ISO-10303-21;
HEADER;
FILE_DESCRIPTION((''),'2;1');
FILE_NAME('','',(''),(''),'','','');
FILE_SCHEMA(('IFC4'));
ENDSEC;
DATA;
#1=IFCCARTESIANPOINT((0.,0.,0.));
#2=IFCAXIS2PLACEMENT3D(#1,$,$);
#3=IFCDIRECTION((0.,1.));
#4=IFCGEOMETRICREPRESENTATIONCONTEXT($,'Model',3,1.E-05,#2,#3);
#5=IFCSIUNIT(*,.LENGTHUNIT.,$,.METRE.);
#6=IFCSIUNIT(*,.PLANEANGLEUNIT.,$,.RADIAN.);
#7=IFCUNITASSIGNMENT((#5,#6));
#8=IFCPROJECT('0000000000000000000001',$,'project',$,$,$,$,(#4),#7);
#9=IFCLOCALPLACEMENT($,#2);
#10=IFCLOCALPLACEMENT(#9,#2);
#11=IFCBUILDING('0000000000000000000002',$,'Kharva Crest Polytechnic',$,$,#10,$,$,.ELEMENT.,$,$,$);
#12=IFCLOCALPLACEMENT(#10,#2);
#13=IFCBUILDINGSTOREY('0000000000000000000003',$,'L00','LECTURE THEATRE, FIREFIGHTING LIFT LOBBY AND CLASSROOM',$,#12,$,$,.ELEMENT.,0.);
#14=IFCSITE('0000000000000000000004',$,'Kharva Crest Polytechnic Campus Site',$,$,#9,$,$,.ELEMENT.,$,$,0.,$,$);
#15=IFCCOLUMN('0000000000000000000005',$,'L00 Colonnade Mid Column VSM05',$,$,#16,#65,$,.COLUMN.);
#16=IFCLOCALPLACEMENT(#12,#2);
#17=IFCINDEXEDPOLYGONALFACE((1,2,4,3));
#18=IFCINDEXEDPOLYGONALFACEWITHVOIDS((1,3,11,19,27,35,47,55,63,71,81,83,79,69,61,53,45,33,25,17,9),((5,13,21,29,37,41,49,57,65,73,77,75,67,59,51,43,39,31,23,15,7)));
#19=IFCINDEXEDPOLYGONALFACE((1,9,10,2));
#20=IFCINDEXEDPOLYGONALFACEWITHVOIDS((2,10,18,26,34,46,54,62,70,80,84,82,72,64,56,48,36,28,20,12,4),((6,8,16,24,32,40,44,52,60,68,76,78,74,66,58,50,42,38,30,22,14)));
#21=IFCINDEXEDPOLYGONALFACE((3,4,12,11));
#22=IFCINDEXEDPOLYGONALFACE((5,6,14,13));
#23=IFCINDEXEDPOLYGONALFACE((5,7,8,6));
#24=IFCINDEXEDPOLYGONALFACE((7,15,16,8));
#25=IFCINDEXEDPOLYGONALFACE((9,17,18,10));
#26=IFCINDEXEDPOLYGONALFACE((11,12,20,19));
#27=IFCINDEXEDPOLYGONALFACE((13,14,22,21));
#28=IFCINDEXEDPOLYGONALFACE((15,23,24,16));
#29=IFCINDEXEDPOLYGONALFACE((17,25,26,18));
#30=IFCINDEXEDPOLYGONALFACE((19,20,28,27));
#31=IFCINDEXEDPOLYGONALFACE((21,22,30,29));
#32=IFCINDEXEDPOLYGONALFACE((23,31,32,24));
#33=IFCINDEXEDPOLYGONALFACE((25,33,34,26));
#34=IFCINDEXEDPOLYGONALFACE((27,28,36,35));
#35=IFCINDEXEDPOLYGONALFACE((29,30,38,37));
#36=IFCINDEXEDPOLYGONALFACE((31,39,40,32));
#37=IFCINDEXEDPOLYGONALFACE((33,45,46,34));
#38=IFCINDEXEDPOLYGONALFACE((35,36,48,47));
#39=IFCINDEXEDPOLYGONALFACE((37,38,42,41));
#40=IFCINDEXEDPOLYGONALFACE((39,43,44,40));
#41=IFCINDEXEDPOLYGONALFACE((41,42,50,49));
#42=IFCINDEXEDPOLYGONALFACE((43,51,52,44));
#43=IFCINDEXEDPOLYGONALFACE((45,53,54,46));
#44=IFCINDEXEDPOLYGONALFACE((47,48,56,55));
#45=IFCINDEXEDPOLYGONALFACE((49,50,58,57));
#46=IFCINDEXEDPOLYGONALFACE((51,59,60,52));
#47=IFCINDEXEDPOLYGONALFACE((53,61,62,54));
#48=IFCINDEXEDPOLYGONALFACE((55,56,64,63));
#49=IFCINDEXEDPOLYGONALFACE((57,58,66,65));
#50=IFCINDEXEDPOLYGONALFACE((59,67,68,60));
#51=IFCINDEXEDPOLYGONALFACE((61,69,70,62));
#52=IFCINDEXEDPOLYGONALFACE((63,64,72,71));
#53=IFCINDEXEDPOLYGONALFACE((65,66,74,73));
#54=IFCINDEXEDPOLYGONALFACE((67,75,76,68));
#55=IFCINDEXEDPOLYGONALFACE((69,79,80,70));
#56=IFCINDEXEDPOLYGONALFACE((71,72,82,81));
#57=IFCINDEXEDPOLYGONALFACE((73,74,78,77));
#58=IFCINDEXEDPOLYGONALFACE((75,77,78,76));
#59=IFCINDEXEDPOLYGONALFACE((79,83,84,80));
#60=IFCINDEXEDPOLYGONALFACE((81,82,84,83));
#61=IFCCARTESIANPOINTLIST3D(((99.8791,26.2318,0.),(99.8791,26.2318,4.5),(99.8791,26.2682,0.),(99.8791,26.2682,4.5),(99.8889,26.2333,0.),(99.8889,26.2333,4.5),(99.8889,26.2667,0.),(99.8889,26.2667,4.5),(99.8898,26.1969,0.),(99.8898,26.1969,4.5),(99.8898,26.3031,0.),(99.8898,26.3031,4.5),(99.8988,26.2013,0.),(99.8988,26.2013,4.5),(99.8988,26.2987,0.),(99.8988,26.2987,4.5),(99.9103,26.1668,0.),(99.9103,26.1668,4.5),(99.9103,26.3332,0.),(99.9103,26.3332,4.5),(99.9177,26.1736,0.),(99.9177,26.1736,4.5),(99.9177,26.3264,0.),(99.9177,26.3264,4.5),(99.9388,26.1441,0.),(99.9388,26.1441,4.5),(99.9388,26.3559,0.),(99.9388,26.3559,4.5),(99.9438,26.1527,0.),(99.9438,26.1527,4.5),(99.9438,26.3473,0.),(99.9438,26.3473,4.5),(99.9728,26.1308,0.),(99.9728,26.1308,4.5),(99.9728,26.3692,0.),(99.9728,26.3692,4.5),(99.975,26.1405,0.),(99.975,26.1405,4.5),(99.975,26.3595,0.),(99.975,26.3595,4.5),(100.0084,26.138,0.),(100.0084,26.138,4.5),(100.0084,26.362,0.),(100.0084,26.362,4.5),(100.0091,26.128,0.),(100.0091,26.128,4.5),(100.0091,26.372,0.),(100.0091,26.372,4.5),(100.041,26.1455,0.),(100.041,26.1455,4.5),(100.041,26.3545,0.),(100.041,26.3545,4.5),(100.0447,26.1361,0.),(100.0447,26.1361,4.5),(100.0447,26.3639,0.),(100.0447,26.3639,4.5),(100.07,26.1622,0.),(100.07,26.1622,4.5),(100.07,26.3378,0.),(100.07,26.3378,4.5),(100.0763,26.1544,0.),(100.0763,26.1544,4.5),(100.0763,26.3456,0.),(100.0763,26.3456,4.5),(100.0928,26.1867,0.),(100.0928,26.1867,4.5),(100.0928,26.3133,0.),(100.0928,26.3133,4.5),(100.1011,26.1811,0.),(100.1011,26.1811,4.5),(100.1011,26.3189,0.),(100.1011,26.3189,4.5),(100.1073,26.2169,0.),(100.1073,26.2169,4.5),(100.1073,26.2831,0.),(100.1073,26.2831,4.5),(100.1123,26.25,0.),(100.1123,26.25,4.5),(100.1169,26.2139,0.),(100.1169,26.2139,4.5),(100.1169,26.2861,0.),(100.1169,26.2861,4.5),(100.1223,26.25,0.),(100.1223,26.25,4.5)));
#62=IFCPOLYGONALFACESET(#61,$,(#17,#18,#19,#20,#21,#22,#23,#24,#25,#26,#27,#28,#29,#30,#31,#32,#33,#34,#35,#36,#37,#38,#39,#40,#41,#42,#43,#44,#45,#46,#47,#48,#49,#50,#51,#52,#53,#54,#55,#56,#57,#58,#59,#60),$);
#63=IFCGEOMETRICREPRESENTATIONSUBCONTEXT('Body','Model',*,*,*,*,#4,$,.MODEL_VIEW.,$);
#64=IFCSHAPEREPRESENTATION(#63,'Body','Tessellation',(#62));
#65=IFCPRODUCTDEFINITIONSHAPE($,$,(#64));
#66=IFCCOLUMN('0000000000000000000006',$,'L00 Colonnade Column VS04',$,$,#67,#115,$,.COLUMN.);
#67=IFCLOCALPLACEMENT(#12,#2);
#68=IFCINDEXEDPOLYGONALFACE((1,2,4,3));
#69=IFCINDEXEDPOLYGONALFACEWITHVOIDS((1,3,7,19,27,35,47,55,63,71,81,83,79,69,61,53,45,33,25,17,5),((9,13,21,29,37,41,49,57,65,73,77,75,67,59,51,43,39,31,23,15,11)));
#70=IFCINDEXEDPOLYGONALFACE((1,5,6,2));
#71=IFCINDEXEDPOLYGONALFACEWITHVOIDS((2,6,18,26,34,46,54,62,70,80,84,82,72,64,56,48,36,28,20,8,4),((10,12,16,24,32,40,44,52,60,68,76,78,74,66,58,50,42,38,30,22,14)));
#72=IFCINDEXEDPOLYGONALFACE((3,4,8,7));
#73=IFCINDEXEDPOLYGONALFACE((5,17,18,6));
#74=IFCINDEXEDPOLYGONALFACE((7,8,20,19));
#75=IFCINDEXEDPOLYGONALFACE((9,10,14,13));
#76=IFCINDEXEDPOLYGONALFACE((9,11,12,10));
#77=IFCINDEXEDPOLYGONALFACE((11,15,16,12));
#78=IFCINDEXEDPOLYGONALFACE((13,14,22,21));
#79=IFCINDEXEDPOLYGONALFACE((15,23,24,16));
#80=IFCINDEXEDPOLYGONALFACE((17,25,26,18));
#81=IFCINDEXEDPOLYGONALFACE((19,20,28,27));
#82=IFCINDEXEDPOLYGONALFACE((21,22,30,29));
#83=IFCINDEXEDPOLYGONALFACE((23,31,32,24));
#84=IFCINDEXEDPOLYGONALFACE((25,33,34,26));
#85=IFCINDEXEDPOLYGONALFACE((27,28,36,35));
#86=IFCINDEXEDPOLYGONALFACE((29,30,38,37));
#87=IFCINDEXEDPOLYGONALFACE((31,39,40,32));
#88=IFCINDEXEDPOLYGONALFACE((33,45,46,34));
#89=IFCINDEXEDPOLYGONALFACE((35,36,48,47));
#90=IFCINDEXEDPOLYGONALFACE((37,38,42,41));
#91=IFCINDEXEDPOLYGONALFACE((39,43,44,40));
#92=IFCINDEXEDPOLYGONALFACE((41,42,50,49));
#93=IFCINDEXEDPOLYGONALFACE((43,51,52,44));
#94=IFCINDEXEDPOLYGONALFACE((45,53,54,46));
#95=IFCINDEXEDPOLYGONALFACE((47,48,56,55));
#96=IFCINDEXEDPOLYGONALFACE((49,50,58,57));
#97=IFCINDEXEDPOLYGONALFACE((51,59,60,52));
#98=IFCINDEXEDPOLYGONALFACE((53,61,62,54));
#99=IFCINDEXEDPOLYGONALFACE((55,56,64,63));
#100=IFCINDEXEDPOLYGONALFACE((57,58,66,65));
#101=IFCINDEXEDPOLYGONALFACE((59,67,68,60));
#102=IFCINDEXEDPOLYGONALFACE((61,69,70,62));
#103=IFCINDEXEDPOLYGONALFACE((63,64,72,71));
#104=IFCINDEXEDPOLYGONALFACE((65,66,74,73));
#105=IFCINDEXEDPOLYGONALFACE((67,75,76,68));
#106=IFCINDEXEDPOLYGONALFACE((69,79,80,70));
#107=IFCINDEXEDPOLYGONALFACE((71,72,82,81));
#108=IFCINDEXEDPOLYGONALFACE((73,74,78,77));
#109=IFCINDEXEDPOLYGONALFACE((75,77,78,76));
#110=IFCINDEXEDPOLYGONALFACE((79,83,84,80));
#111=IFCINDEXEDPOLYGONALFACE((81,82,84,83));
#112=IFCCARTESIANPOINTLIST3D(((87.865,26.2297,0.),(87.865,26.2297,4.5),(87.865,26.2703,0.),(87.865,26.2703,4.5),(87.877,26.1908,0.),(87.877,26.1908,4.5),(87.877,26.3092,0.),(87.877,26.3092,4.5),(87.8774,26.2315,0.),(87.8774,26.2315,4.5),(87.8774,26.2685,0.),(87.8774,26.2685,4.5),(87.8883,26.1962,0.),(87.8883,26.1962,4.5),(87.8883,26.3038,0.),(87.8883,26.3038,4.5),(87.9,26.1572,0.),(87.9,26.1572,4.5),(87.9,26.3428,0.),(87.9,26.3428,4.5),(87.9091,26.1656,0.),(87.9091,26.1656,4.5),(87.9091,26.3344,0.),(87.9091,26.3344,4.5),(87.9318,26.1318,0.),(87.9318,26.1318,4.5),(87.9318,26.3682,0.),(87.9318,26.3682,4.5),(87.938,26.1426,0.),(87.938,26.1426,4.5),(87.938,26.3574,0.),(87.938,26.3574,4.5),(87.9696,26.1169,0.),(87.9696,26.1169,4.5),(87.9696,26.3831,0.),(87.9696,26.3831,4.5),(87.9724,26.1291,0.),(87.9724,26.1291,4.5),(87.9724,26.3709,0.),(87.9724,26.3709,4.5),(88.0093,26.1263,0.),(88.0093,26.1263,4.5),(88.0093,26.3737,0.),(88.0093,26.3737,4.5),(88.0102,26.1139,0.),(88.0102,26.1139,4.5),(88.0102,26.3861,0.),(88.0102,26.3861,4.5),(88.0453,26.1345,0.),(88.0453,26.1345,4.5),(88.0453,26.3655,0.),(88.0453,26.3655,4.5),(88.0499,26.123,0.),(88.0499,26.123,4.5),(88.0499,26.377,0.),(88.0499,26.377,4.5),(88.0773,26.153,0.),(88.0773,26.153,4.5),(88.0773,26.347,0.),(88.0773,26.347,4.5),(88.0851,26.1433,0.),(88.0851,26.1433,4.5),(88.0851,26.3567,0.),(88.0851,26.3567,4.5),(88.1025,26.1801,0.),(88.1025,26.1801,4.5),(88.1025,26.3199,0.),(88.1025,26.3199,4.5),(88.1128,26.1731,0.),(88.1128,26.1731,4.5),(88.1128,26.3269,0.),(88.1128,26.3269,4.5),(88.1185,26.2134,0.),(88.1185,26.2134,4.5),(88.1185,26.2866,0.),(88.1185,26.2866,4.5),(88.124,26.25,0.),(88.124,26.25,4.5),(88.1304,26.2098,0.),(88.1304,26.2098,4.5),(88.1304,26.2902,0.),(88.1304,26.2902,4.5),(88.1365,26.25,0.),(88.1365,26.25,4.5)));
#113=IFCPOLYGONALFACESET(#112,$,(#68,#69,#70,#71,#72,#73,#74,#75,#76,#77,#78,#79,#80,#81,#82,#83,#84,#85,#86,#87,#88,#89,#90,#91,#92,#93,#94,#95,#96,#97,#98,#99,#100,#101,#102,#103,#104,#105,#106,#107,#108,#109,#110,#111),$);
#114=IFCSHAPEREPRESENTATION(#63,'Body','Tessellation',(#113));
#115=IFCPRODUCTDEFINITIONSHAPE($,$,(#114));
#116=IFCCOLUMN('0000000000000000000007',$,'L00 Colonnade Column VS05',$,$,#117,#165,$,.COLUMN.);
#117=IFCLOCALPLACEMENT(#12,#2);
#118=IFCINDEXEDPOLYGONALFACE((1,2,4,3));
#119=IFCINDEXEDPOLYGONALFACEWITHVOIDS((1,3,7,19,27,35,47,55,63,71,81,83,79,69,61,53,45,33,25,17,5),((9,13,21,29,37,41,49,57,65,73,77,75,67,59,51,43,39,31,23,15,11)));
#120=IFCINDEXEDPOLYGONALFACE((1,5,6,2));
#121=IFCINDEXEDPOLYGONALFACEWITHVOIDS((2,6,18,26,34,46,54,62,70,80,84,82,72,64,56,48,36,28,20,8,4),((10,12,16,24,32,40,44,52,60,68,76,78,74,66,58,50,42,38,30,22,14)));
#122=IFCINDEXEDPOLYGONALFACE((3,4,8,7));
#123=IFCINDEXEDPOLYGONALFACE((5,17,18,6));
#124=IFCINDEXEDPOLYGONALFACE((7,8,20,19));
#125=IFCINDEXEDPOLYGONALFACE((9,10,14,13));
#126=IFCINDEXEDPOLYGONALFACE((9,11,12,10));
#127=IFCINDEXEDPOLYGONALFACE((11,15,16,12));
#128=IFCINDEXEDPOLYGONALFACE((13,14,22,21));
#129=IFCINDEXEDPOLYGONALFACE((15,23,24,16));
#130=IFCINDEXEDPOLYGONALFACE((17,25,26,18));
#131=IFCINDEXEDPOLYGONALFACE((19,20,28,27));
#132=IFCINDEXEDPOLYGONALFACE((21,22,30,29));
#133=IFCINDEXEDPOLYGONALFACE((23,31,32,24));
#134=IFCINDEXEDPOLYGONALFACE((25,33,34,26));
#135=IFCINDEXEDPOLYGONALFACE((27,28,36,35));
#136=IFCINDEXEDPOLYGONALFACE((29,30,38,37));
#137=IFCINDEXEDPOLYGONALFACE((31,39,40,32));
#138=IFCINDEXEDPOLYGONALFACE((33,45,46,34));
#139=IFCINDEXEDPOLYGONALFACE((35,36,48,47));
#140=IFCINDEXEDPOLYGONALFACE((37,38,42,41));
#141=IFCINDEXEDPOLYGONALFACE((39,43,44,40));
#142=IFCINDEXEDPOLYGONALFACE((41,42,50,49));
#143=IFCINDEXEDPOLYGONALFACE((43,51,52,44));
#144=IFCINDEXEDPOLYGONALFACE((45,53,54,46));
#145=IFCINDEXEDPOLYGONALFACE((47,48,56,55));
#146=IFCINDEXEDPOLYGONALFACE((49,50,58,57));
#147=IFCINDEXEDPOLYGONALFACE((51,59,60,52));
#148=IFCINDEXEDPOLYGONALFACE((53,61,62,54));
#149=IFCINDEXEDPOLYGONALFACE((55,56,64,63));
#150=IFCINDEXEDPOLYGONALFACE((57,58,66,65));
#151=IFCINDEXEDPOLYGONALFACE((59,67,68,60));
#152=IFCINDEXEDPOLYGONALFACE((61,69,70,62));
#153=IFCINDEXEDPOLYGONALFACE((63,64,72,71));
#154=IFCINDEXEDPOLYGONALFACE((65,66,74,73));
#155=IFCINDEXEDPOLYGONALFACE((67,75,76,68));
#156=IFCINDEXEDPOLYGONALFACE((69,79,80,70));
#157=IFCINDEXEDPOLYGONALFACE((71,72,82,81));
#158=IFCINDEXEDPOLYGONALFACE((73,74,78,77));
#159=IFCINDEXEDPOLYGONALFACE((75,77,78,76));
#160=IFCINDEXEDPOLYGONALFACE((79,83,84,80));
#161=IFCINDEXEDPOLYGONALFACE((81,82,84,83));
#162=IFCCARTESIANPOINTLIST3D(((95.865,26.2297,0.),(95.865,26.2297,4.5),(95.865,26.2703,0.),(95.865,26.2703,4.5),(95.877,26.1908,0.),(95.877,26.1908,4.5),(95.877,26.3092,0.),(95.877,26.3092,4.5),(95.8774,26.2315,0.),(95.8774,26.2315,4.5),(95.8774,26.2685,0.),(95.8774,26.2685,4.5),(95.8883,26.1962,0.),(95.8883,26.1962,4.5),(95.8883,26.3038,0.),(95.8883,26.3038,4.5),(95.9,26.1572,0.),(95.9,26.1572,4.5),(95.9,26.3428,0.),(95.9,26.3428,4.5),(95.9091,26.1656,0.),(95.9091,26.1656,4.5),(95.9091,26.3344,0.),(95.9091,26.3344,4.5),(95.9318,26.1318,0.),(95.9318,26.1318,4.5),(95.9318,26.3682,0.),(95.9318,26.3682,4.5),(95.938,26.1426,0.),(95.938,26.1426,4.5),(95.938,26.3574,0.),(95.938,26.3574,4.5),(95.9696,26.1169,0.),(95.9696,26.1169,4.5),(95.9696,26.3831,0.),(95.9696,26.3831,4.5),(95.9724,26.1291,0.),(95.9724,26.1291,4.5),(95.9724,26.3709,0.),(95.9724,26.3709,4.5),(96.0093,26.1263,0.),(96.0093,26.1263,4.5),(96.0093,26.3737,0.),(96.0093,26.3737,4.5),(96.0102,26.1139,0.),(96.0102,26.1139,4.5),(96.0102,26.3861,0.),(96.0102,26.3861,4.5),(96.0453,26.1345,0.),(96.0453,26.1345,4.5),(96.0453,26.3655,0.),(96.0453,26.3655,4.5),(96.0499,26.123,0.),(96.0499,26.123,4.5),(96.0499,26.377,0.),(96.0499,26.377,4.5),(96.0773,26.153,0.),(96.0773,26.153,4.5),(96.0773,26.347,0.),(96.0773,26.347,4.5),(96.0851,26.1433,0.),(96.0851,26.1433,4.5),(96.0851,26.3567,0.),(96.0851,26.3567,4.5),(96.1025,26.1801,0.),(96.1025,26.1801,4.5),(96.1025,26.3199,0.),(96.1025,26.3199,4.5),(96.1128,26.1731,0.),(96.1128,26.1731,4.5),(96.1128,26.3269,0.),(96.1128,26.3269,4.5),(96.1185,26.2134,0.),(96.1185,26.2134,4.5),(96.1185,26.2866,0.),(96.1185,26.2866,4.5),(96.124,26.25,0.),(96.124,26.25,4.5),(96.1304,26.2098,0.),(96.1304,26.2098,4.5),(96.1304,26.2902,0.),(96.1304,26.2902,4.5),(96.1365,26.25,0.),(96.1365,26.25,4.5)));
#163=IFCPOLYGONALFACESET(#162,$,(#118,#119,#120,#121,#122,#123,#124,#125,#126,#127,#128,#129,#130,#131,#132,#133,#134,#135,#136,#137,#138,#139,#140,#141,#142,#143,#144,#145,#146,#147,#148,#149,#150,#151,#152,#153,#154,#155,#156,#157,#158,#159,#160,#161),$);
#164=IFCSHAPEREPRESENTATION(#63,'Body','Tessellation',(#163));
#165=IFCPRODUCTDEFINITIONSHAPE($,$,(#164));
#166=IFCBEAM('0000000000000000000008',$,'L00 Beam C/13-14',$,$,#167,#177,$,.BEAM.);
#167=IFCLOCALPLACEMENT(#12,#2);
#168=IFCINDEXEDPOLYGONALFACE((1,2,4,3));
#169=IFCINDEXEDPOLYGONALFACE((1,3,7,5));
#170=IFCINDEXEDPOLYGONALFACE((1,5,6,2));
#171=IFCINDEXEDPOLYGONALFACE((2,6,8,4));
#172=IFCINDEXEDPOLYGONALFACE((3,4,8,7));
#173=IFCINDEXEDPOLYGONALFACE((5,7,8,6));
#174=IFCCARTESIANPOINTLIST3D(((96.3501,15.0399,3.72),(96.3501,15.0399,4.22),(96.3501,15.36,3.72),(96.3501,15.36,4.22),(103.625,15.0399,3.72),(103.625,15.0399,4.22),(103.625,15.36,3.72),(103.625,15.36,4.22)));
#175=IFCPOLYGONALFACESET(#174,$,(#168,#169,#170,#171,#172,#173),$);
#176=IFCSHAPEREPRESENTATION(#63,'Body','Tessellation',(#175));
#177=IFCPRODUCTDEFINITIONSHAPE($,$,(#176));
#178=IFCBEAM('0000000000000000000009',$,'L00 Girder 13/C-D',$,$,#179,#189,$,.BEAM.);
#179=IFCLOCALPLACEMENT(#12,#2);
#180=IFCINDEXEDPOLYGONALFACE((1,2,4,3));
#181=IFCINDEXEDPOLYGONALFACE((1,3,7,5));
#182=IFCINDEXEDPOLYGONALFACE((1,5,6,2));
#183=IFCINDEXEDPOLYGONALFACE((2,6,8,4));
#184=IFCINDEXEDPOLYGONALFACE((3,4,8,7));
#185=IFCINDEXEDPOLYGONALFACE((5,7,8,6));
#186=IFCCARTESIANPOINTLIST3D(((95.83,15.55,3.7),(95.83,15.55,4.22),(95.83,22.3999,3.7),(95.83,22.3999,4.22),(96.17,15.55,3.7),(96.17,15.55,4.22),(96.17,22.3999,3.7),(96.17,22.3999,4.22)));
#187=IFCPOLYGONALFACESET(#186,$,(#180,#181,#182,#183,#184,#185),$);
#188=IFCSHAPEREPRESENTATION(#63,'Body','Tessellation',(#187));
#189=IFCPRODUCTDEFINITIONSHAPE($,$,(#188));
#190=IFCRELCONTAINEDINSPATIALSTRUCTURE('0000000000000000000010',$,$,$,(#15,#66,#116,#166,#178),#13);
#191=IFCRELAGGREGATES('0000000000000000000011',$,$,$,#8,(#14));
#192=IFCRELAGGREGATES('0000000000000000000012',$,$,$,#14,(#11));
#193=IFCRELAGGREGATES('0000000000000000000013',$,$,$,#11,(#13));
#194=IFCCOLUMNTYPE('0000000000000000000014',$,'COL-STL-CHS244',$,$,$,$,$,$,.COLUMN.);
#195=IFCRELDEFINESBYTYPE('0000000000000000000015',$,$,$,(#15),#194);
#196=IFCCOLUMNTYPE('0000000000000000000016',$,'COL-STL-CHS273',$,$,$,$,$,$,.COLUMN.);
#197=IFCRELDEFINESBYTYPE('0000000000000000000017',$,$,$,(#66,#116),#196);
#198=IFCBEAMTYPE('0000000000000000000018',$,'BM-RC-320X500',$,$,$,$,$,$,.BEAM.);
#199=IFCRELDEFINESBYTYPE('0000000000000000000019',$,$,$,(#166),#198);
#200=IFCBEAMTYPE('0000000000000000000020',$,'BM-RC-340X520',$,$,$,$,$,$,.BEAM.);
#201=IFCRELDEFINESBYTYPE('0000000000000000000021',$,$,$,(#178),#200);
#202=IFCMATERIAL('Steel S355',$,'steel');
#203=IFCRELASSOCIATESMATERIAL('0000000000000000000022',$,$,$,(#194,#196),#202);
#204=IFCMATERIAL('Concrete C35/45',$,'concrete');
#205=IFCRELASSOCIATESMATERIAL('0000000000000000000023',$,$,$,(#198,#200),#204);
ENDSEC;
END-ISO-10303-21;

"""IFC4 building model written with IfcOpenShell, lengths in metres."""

from ifc_helpers import new_model, si_unit, direction, frame, origin, origin_2d, place, context, subcontext, project, spatial, rectangle, hollow_circle, extrude, material, material_profile, profile_set, type_object, element, save


model = new_model("IFC4")

# Units and contexts
model_context = context("Model", 3, precision=1e-05, world=origin(), true_north=direction((0.0, 1.0)))
body_context = subcontext(model_context, "Body", "Model", "MODEL_VIEW")
ifc_project = project(units=[si_unit("LENGTHUNIT", "METRE"), si_unit("PLANEANGLEUNIT", "RADIAN")], contexts=[model_context])

# Site, building, storey
site_placement = place(None, origin())
site = spatial("IfcSite", under=ifc_project, at=site_placement, Name="Kharva Crest Polytechnic Campus Site", CompositionType="ELEMENT", RefElevation=0.0)
building_placement = place(site_placement, origin())
building = spatial("IfcBuilding", under=site, at=building_placement, Name="Kharva Crest Polytechnic", CompositionType="ELEMENT")
storey_placement = place(building_placement, origin())
storey = spatial("IfcBuildingStorey", under=building, at=storey_placement, Name="L00", Description="LECTURE THEATRE, FIREFIGHTING LIFT LOBBY AND CLASSROOM", CompositionType="ELEMENT", Elevation=0.0)

# Shared definitions
ifc_material_1 = material(Name="Concrete C35/45", Category="concrete")

# Columns
ifc_material_2 = material(Name="Steel S355", Category="steel")
ifc_material_profile_1 = material_profile(ifc_material_2, hollow_circle(Radius=0.1223, WallThickness=0.01, at=origin_2d()), Name="CHS 244.5X10.0")
ifc_profile_set_1 = profile_set([ifc_material_profile_1], Name="Steel S355")
column_type_1 = type_object("IfcColumnType", Name="COL-STL-CHS244", PredefinedType="COLUMN", material=ifc_profile_set_1)
for number, where, z_axis, x_axis, name in (
    (1, (100.0, 26.25, 0.0), (0.0, 0.0, 1.0), (1.0, 0.0, 0.0), "L00 Colonnade Mid Column VSM05"),
):
    element("IfcColumn", number, at=place(storey_placement, frame(where, z_axis=z_axis, x_axis=x_axis)), inside=storey, type_object=column_type_1, Name=name, PredefinedType="COLUMN", context=body_context, shape_type="SweptSolid", body=[
        extrude(hollow_circle(Radius=0.1223, WallThickness=0.01, at=origin_2d()), origin(), (0.0, 0.0, 1.0), 4.5),
    ])
ifc_material_profile_2 = material_profile(ifc_material_2, hollow_circle(Radius=0.1365, WallThickness=0.0125, at=origin_2d()), Name="CHS 273.0X12.5")
ifc_profile_set_2 = profile_set([ifc_material_profile_2], Name="Steel S355")
column_type_2 = type_object("IfcColumnType", Name="COL-STL-CHS273", PredefinedType="COLUMN", material=ifc_profile_set_2)
for number, where, z_axis, x_axis, name in (
    (2, (88.0, 26.25, 0.0), (0.0, 0.0, 1.0), (1.0, 0.0, 0.0), "L00 Colonnade Column VS04"),
    (3, (96.0, 26.25, 0.0), (0.0, 0.0, 1.0), (1.0, 0.0, 0.0), "L00 Colonnade Column VS05"),
):
    element("IfcColumn", number, at=place(storey_placement, frame(where, z_axis=z_axis, x_axis=x_axis)), inside=storey, type_object=column_type_2, Name=name, PredefinedType="COLUMN", context=body_context, shape_type="SweptSolid", body=[
        extrude(hollow_circle(Radius=0.1365, WallThickness=0.0125, at=origin_2d()), origin(), (0.0, 0.0, 1.0), 4.5),
    ])

# Beams
ifc_material_profile_3 = material_profile(ifc_material_1, rectangle(XDim=0.3201, YDim=0.5, at=origin_2d()), Name="RECT 320 X 500")
ifc_profile_set_3 = profile_set([ifc_material_profile_3], Name="Concrete C35/45")
beam_type_1 = type_object("IfcBeamType", Name="BM-RC-320X500", PredefinedType="BEAM", material=ifc_profile_set_3)
beam_1_placement = place(storey_placement, frame((96.3501, 15.2, 3.97), z_axis=(1.0, 0.0, 0.0), x_axis=(0.0, 1.0, 0.0)))
element("IfcBeam", 4, at=beam_1_placement, inside=storey, type_object=beam_type_1, Name="L00 Beam C/13-14", PredefinedType="BEAM", context=body_context, shape_type="SweptSolid", body=[
    extrude(rectangle(XDim=0.3201, YDim=0.5, at=origin_2d()), origin(), (0.0, 0.0, 1.0), 7.2749),
])
ifc_material_profile_4 = material_profile(ifc_material_1, rectangle(XDim=0.3401, YDim=0.52, at=origin_2d()), Name="RECT 340 X 520")
ifc_profile_set_4 = profile_set([ifc_material_profile_4], Name="Concrete C35/45")
beam_type_2 = type_object("IfcBeamType", Name="BM-RC-340X520", PredefinedType="BEAM", material=ifc_profile_set_4)
beam_2_placement = place(storey_placement, frame((96.0, 15.55, 3.96), z_axis=(0.0, 1.0, 0.0), x_axis=(-1.0, 0.0, 0.0)))
element("IfcBeam", 5, at=beam_2_placement, inside=storey, type_object=beam_type_2, Name="L00 Girder 13/C-D", PredefinedType="BEAM", context=body_context, shape_type="SweptSolid", body=[
    extrude(rectangle(XDim=0.3401, YDim=0.52, at=origin_2d()), origin(), (0.0, 0.0, 1.0), 6.8499),
])

save(model, "model.ifc")
